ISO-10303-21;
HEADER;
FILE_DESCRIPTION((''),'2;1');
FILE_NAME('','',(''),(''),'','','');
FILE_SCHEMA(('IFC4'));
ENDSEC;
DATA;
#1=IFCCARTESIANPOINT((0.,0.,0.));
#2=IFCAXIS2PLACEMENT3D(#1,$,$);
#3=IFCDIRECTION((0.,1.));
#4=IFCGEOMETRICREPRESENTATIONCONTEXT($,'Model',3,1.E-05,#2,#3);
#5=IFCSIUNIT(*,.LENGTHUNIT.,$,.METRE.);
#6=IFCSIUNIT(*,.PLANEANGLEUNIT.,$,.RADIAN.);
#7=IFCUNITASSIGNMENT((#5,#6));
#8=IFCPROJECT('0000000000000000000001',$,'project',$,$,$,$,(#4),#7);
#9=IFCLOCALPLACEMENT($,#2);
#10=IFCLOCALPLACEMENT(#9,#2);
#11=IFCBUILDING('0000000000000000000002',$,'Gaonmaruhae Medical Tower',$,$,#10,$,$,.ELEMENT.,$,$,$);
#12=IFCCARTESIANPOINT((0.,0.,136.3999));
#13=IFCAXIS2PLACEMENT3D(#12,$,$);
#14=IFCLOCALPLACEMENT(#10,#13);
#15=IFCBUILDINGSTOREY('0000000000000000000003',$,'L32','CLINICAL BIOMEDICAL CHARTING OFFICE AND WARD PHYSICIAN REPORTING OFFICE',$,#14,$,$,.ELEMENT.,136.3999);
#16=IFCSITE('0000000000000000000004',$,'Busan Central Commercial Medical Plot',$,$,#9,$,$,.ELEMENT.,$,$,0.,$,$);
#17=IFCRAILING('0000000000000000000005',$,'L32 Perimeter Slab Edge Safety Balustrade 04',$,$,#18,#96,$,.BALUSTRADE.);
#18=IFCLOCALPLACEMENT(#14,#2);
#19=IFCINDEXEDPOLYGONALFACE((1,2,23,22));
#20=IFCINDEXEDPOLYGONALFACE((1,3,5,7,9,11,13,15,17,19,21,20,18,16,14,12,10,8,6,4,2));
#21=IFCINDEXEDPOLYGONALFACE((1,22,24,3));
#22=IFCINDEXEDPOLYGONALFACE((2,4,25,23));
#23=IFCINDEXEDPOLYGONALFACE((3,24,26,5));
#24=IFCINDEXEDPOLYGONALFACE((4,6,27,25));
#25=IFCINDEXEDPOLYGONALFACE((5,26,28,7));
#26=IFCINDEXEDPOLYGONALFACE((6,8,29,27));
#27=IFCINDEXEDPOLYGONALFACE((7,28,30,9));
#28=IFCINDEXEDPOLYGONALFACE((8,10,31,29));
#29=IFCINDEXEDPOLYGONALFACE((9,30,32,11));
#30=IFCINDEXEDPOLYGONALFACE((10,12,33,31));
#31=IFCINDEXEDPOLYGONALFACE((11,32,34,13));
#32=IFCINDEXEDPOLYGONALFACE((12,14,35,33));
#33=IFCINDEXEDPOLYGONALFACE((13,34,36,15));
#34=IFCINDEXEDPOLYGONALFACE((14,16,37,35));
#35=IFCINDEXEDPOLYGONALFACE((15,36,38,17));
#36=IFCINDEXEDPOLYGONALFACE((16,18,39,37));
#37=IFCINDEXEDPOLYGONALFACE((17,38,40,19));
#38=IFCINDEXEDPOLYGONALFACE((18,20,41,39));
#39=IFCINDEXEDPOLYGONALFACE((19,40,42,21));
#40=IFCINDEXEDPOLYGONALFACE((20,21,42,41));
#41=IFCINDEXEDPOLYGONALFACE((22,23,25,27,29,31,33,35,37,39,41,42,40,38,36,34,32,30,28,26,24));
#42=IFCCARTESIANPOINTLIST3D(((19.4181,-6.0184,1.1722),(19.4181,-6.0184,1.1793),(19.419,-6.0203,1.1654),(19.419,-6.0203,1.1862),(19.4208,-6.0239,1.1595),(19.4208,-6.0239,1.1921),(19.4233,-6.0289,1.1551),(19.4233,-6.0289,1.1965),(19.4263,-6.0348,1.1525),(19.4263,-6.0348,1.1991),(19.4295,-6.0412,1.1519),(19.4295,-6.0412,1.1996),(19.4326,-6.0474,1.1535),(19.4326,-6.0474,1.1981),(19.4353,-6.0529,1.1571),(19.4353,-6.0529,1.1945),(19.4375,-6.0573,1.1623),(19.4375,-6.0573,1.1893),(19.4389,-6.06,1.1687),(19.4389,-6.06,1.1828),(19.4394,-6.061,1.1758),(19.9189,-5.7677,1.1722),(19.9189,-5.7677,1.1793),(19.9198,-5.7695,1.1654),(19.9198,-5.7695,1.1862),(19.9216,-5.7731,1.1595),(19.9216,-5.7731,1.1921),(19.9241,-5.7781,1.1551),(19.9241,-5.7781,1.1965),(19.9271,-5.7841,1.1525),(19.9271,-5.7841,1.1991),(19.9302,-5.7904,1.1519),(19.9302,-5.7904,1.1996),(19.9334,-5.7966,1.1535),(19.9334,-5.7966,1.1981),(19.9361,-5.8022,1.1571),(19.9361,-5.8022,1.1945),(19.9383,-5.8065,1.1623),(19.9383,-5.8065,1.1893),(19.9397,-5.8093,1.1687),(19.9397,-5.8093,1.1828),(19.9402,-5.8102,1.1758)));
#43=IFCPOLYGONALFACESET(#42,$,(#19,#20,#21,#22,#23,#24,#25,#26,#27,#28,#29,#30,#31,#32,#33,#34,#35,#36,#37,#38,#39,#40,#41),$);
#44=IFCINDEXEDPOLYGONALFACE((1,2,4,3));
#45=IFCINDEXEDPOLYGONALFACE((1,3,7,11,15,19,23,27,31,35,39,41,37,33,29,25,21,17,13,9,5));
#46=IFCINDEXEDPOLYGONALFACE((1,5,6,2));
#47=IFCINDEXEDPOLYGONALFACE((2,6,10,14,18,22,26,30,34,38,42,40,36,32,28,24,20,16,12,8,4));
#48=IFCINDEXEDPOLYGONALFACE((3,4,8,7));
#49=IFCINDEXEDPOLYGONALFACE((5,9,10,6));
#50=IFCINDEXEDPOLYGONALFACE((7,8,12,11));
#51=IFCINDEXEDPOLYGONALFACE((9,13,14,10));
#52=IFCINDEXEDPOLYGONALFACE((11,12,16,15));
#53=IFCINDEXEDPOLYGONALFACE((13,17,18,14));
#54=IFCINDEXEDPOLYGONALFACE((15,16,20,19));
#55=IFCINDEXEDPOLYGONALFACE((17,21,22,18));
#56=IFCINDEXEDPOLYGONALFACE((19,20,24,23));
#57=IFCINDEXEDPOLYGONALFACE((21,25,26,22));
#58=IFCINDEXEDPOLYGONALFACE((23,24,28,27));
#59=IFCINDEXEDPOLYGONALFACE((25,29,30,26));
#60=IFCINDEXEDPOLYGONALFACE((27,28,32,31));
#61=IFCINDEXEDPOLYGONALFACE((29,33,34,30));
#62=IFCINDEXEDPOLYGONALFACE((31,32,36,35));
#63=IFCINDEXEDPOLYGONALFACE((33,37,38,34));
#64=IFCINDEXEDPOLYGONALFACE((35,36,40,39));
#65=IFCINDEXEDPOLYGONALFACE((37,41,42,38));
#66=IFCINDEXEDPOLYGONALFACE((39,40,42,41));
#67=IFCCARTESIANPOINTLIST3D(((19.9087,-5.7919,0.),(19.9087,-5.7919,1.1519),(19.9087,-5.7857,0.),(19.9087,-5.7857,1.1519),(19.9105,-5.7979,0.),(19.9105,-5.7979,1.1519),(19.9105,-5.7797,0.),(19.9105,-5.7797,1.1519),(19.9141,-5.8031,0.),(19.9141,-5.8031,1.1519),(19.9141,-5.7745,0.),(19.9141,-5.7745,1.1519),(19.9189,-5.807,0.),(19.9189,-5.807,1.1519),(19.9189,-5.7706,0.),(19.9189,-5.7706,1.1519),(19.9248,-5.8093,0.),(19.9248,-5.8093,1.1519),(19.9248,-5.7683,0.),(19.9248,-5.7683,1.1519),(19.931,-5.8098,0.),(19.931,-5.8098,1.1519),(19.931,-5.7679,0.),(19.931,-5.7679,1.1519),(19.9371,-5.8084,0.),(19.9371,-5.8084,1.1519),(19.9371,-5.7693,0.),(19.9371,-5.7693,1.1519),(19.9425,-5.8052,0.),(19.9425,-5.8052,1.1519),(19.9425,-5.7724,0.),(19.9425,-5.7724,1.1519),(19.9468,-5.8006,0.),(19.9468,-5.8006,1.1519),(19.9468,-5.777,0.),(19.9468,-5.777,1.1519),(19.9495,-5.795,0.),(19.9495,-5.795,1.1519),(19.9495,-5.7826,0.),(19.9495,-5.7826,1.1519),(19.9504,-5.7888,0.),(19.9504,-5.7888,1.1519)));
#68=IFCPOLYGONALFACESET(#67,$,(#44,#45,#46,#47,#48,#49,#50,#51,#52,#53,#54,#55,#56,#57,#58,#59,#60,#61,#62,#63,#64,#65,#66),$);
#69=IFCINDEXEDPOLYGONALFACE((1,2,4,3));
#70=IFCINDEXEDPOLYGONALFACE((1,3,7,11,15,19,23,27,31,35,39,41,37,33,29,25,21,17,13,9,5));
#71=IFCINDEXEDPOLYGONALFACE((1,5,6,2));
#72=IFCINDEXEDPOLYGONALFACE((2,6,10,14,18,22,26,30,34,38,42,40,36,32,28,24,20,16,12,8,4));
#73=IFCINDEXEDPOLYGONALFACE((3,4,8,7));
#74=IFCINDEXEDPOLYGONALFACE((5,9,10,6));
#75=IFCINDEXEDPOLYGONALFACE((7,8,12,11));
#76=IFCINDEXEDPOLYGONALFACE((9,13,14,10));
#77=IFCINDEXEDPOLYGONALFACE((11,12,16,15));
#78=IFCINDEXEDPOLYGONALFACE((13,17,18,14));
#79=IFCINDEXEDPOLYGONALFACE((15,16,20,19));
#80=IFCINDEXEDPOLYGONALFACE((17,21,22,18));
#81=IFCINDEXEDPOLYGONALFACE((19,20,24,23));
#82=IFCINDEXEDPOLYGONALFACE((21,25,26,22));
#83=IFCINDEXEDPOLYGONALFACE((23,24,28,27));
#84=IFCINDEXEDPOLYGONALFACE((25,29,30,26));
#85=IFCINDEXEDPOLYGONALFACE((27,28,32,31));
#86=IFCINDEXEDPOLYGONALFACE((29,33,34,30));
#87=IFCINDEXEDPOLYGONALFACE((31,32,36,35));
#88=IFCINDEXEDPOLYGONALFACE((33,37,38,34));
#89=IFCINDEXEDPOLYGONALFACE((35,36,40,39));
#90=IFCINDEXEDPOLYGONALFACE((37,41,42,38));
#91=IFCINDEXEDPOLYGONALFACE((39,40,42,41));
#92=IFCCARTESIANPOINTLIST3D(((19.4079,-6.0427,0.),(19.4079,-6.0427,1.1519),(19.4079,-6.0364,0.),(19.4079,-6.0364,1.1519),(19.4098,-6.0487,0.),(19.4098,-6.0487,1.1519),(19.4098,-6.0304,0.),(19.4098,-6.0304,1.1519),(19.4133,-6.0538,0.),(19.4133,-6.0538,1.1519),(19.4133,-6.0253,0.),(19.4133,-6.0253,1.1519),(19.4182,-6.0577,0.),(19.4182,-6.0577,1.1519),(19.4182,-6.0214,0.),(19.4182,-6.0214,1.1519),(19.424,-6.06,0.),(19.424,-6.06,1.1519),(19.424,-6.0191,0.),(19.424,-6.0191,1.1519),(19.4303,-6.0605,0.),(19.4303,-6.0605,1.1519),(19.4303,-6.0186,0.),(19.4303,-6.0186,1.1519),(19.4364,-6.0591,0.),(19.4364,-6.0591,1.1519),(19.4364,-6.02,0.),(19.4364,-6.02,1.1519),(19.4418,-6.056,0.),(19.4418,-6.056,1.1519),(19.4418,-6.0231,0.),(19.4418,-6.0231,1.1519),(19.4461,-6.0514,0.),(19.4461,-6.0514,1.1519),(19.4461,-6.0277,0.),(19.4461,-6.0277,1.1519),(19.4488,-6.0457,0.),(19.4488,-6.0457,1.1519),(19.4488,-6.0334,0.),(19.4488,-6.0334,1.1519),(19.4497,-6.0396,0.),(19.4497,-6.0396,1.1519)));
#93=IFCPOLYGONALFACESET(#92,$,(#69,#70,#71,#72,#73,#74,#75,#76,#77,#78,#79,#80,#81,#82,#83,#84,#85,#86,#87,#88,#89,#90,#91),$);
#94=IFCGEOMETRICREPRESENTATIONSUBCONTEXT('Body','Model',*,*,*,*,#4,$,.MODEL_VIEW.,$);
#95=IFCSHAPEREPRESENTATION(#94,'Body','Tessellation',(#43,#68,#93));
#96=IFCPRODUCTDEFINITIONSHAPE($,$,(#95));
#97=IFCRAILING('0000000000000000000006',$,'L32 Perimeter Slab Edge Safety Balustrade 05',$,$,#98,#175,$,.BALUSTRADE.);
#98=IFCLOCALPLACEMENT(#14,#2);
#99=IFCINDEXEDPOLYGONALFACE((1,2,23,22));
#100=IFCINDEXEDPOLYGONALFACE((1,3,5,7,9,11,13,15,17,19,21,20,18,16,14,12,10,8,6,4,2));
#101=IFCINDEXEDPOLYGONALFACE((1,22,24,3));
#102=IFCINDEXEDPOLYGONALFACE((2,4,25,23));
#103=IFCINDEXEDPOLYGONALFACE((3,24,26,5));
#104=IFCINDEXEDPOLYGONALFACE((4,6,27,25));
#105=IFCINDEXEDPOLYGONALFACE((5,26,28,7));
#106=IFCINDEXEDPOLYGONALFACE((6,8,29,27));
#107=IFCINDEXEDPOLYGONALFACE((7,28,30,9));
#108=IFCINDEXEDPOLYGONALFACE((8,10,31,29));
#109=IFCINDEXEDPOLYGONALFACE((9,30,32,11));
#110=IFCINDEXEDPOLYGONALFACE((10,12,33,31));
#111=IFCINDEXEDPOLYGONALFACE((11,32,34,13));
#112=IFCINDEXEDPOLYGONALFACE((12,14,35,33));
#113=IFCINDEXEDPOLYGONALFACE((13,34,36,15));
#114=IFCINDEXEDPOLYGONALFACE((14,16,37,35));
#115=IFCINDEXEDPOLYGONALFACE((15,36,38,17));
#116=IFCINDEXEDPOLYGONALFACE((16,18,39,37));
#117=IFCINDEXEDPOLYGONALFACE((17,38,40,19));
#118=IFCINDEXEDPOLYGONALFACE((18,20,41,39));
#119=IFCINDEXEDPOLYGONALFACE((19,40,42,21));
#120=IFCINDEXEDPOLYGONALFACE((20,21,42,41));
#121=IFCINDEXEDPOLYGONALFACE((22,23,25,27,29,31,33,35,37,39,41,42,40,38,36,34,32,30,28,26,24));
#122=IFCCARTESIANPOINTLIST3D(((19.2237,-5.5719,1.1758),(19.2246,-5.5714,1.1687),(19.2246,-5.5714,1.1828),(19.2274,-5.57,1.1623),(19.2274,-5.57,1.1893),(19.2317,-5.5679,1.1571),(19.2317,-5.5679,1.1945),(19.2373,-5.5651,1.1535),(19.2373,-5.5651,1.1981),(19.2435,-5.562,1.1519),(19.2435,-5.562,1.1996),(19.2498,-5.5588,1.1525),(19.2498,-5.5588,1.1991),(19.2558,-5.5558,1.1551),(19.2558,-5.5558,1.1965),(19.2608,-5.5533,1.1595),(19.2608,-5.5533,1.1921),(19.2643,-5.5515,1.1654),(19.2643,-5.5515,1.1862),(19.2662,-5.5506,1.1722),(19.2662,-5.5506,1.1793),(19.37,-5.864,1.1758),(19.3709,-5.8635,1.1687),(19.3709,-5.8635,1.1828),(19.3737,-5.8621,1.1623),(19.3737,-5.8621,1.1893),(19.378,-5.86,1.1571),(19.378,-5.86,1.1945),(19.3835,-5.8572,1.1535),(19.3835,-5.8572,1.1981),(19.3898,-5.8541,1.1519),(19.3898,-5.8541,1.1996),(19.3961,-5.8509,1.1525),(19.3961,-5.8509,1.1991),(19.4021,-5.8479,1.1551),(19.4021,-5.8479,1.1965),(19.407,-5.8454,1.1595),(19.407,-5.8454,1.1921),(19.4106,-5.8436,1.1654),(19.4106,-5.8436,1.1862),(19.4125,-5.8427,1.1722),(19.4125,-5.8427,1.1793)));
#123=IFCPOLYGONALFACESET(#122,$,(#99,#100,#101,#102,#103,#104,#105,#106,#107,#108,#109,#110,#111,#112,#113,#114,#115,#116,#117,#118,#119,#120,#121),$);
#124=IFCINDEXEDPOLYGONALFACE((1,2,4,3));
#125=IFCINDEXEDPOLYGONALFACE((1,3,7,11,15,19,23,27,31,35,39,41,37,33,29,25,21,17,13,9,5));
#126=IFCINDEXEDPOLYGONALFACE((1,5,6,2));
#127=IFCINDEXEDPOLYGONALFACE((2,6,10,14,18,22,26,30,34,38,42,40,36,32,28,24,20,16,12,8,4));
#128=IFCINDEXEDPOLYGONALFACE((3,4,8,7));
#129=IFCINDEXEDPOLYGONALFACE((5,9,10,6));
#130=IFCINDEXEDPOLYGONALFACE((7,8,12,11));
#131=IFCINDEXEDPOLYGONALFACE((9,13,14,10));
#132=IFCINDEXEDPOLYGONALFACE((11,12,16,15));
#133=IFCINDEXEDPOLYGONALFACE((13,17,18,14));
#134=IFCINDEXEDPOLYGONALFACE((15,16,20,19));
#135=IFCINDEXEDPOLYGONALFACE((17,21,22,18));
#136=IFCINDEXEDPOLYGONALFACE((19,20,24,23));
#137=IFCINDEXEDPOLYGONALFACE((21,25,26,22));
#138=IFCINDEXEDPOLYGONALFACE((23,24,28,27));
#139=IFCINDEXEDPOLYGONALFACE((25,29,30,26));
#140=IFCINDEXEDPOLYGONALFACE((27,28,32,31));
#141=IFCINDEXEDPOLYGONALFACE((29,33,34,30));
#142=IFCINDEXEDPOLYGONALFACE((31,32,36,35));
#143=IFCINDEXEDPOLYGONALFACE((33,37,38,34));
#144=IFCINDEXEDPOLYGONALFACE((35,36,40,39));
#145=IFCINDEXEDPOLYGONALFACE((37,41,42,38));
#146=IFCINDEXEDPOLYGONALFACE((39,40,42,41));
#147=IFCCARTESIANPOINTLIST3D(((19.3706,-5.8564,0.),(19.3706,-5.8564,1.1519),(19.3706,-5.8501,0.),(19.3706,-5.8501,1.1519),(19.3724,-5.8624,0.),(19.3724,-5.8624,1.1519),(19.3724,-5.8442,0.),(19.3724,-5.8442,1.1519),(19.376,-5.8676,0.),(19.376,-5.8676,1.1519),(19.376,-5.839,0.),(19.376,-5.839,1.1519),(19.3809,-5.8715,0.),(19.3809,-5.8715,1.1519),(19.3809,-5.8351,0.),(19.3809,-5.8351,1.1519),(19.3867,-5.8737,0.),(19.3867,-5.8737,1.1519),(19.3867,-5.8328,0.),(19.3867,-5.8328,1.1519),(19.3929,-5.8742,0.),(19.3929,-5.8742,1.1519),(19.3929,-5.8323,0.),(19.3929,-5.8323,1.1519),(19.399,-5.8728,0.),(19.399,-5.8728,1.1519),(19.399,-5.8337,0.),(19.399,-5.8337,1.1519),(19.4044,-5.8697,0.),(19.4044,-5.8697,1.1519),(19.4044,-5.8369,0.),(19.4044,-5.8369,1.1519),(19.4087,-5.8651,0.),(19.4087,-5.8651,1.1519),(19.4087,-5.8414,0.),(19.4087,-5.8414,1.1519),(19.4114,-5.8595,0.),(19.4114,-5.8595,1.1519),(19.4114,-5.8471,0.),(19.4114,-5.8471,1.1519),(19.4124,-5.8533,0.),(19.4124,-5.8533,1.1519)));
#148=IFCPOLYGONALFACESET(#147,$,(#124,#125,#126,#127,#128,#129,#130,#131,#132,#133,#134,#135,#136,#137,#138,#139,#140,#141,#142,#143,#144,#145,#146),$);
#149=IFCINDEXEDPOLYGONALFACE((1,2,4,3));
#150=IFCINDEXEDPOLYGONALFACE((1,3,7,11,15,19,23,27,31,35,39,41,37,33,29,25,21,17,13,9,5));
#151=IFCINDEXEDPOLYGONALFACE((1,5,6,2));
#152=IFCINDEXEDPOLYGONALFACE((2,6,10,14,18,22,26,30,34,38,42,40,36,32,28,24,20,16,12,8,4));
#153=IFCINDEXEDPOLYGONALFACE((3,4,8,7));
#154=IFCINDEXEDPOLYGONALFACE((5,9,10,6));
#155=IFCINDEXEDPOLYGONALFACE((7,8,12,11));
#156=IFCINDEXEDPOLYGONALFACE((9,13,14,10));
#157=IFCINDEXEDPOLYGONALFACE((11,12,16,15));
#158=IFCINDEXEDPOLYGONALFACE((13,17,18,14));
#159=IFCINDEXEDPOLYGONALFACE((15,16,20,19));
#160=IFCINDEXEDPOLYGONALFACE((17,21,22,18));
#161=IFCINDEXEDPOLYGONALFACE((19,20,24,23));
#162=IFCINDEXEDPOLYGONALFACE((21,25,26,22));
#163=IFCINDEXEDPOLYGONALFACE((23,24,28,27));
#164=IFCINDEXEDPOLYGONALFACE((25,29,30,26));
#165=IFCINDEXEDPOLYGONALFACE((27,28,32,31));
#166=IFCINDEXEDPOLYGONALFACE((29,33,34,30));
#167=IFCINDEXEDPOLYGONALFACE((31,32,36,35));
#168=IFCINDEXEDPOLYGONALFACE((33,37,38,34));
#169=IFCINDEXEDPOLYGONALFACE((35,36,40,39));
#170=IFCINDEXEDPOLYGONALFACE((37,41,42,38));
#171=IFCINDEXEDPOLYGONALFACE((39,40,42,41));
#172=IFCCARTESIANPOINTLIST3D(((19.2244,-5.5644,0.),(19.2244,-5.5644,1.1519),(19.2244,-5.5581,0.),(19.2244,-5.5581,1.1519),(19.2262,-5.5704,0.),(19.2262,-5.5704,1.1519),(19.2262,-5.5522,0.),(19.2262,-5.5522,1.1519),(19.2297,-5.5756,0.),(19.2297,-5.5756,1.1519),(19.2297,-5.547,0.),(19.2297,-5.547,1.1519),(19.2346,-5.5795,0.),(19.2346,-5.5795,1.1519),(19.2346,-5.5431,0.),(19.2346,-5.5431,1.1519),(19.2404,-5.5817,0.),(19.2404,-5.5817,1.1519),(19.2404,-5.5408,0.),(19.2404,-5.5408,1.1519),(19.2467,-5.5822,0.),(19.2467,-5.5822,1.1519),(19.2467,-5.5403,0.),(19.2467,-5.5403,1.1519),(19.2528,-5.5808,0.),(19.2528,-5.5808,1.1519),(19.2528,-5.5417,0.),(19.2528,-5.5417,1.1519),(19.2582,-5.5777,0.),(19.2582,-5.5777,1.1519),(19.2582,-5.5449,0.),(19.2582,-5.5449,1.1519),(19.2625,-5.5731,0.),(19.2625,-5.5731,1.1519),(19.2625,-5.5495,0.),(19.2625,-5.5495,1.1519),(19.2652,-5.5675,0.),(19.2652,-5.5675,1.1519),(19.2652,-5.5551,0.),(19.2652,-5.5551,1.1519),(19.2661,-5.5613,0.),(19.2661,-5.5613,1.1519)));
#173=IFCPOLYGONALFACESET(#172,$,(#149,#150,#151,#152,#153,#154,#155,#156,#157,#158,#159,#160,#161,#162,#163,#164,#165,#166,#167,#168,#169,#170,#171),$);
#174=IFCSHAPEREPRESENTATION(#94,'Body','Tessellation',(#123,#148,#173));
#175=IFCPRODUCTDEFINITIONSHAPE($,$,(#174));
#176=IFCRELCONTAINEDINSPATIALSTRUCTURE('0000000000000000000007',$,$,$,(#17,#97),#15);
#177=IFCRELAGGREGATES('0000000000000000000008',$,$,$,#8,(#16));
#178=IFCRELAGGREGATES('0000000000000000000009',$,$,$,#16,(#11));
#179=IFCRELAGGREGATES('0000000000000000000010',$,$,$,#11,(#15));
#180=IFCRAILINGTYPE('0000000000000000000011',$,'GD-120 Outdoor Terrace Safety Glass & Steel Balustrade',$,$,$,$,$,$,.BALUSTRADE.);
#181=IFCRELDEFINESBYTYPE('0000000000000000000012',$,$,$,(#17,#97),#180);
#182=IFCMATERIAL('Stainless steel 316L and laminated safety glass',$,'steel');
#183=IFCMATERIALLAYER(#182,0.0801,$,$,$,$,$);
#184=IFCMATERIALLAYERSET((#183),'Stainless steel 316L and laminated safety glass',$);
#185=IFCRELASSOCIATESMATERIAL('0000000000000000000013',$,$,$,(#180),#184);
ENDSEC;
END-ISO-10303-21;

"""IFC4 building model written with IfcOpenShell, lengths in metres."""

from ifc_helpers import new_model, si_unit, direction, frame, origin, origin_2d, place, context, subcontext, project, spatial, circle, extrude, material, layer, layer_set, type_object, element, save


model = new_model("IFC4")

# Units and contexts
model_context = context("Model", 3, precision=1e-05, world=origin(), true_north=direction((0.0, 1.0)))
body_context = subcontext(model_context, "Body", "Model", "MODEL_VIEW")
ifc_project = project(units=[si_unit("LENGTHUNIT", "METRE"), si_unit("PLANEANGLEUNIT", "RADIAN")], contexts=[model_context])

# Site, building, storey
site_placement = place(None, origin())
site = spatial("IfcSite", under=ifc_project, at=site_placement, Name="Busan Central Commercial Medical Plot", CompositionType="ELEMENT", RefElevation=0.0)
building_placement = place(site_placement, origin())
building = spatial("IfcBuilding", under=site, at=building_placement, Name="Gaonmaruhae Medical Tower", CompositionType="ELEMENT")
storey_placement = place(building_placement, frame((0.0, 0.0, 136.3999)))
storey = spatial("IfcBuildingStorey", under=building, at=storey_placement, Name="L32", Description="CLINICAL BIOMEDICAL CHARTING OFFICE AND WARD PHYSICIAN REPORTING OFFICE", CompositionType="ELEMENT", Elevation=136.3999)

# Railings
ifc_material_1 = material(Name="Stainless steel 316L and laminated safety glass", Category="steel")
ifc_layer_1 = layer(ifc_material_1, 0.0801)
ifc_layer_set_1 = layer_set([ifc_layer_1], Name="Stainless steel 316L and laminated safety glass")
railing_type_1 = type_object("IfcRailingType", Name="GD-120 Outdoor Terrace Safety Glass & Steel Balustrade", PredefinedType="BALUSTRADE", material=ifc_layer_set_1)
railing_1_placement = place(storey_placement, frame((19.9294, -5.7888, 0.0)))
element("IfcRailing", 1, at=railing_1_placement, inside=storey, type_object=railing_type_1, Name="L32 Perimeter Slab Edge Safety Balustrade 04", PredefinedType="BALUSTRADE", context=body_context, shape_type="SweptSolid", body=[
    extrude(circle(Radius=0.0239, at=origin_2d()), frame((0.0, 0.0, 1.1758), z_axis=(-0.894165, -0.447737, 0.0), x_axis=(0.447737, -0.894165, 0.0)), (0.0, 0.0, 1.0), 0.5601),
    extrude(circle(Radius=0.021, at=origin_2d()), origin(), (0.0, 0.0, 1.0), 1.1519),
    extrude(circle(Radius=0.021, at=origin_2d()), frame((-0.5007, -0.2507, 0.0)), (0.0, 0.0, 1.0), 1.1519),
])
railing_2_placement = place(storey_placement, frame((19.3914, -5.8533, 0.0)))
element("IfcRailing", 2, at=railing_2_placement, inside=storey, type_object=railing_type_1, Name="L32 Perimeter Slab Edge Safety Balustrade 05", PredefinedType="BALUSTRADE", context=body_context, shape_type="SweptSolid", body=[
    extrude(circle(Radius=0.0239, at=origin_2d()), frame((0.0, 0.0, 1.1758), z_axis=(-0.447812, 0.894128, 0.0), x_axis=(-0.894128, -0.447812, 0.0)), (0.0, 0.0, 1.0), 0.3267),
    extrude(circle(Radius=0.021, at=origin_2d()), origin(), (0.0, 0.0, 1.0), 1.1519),
    extrude(circle(Radius=0.021, at=origin_2d()), frame((-0.1462, 0.292, 0.0)), (0.0, 0.0, 1.0), 1.1519),
])

save(model, "model.ifc")
